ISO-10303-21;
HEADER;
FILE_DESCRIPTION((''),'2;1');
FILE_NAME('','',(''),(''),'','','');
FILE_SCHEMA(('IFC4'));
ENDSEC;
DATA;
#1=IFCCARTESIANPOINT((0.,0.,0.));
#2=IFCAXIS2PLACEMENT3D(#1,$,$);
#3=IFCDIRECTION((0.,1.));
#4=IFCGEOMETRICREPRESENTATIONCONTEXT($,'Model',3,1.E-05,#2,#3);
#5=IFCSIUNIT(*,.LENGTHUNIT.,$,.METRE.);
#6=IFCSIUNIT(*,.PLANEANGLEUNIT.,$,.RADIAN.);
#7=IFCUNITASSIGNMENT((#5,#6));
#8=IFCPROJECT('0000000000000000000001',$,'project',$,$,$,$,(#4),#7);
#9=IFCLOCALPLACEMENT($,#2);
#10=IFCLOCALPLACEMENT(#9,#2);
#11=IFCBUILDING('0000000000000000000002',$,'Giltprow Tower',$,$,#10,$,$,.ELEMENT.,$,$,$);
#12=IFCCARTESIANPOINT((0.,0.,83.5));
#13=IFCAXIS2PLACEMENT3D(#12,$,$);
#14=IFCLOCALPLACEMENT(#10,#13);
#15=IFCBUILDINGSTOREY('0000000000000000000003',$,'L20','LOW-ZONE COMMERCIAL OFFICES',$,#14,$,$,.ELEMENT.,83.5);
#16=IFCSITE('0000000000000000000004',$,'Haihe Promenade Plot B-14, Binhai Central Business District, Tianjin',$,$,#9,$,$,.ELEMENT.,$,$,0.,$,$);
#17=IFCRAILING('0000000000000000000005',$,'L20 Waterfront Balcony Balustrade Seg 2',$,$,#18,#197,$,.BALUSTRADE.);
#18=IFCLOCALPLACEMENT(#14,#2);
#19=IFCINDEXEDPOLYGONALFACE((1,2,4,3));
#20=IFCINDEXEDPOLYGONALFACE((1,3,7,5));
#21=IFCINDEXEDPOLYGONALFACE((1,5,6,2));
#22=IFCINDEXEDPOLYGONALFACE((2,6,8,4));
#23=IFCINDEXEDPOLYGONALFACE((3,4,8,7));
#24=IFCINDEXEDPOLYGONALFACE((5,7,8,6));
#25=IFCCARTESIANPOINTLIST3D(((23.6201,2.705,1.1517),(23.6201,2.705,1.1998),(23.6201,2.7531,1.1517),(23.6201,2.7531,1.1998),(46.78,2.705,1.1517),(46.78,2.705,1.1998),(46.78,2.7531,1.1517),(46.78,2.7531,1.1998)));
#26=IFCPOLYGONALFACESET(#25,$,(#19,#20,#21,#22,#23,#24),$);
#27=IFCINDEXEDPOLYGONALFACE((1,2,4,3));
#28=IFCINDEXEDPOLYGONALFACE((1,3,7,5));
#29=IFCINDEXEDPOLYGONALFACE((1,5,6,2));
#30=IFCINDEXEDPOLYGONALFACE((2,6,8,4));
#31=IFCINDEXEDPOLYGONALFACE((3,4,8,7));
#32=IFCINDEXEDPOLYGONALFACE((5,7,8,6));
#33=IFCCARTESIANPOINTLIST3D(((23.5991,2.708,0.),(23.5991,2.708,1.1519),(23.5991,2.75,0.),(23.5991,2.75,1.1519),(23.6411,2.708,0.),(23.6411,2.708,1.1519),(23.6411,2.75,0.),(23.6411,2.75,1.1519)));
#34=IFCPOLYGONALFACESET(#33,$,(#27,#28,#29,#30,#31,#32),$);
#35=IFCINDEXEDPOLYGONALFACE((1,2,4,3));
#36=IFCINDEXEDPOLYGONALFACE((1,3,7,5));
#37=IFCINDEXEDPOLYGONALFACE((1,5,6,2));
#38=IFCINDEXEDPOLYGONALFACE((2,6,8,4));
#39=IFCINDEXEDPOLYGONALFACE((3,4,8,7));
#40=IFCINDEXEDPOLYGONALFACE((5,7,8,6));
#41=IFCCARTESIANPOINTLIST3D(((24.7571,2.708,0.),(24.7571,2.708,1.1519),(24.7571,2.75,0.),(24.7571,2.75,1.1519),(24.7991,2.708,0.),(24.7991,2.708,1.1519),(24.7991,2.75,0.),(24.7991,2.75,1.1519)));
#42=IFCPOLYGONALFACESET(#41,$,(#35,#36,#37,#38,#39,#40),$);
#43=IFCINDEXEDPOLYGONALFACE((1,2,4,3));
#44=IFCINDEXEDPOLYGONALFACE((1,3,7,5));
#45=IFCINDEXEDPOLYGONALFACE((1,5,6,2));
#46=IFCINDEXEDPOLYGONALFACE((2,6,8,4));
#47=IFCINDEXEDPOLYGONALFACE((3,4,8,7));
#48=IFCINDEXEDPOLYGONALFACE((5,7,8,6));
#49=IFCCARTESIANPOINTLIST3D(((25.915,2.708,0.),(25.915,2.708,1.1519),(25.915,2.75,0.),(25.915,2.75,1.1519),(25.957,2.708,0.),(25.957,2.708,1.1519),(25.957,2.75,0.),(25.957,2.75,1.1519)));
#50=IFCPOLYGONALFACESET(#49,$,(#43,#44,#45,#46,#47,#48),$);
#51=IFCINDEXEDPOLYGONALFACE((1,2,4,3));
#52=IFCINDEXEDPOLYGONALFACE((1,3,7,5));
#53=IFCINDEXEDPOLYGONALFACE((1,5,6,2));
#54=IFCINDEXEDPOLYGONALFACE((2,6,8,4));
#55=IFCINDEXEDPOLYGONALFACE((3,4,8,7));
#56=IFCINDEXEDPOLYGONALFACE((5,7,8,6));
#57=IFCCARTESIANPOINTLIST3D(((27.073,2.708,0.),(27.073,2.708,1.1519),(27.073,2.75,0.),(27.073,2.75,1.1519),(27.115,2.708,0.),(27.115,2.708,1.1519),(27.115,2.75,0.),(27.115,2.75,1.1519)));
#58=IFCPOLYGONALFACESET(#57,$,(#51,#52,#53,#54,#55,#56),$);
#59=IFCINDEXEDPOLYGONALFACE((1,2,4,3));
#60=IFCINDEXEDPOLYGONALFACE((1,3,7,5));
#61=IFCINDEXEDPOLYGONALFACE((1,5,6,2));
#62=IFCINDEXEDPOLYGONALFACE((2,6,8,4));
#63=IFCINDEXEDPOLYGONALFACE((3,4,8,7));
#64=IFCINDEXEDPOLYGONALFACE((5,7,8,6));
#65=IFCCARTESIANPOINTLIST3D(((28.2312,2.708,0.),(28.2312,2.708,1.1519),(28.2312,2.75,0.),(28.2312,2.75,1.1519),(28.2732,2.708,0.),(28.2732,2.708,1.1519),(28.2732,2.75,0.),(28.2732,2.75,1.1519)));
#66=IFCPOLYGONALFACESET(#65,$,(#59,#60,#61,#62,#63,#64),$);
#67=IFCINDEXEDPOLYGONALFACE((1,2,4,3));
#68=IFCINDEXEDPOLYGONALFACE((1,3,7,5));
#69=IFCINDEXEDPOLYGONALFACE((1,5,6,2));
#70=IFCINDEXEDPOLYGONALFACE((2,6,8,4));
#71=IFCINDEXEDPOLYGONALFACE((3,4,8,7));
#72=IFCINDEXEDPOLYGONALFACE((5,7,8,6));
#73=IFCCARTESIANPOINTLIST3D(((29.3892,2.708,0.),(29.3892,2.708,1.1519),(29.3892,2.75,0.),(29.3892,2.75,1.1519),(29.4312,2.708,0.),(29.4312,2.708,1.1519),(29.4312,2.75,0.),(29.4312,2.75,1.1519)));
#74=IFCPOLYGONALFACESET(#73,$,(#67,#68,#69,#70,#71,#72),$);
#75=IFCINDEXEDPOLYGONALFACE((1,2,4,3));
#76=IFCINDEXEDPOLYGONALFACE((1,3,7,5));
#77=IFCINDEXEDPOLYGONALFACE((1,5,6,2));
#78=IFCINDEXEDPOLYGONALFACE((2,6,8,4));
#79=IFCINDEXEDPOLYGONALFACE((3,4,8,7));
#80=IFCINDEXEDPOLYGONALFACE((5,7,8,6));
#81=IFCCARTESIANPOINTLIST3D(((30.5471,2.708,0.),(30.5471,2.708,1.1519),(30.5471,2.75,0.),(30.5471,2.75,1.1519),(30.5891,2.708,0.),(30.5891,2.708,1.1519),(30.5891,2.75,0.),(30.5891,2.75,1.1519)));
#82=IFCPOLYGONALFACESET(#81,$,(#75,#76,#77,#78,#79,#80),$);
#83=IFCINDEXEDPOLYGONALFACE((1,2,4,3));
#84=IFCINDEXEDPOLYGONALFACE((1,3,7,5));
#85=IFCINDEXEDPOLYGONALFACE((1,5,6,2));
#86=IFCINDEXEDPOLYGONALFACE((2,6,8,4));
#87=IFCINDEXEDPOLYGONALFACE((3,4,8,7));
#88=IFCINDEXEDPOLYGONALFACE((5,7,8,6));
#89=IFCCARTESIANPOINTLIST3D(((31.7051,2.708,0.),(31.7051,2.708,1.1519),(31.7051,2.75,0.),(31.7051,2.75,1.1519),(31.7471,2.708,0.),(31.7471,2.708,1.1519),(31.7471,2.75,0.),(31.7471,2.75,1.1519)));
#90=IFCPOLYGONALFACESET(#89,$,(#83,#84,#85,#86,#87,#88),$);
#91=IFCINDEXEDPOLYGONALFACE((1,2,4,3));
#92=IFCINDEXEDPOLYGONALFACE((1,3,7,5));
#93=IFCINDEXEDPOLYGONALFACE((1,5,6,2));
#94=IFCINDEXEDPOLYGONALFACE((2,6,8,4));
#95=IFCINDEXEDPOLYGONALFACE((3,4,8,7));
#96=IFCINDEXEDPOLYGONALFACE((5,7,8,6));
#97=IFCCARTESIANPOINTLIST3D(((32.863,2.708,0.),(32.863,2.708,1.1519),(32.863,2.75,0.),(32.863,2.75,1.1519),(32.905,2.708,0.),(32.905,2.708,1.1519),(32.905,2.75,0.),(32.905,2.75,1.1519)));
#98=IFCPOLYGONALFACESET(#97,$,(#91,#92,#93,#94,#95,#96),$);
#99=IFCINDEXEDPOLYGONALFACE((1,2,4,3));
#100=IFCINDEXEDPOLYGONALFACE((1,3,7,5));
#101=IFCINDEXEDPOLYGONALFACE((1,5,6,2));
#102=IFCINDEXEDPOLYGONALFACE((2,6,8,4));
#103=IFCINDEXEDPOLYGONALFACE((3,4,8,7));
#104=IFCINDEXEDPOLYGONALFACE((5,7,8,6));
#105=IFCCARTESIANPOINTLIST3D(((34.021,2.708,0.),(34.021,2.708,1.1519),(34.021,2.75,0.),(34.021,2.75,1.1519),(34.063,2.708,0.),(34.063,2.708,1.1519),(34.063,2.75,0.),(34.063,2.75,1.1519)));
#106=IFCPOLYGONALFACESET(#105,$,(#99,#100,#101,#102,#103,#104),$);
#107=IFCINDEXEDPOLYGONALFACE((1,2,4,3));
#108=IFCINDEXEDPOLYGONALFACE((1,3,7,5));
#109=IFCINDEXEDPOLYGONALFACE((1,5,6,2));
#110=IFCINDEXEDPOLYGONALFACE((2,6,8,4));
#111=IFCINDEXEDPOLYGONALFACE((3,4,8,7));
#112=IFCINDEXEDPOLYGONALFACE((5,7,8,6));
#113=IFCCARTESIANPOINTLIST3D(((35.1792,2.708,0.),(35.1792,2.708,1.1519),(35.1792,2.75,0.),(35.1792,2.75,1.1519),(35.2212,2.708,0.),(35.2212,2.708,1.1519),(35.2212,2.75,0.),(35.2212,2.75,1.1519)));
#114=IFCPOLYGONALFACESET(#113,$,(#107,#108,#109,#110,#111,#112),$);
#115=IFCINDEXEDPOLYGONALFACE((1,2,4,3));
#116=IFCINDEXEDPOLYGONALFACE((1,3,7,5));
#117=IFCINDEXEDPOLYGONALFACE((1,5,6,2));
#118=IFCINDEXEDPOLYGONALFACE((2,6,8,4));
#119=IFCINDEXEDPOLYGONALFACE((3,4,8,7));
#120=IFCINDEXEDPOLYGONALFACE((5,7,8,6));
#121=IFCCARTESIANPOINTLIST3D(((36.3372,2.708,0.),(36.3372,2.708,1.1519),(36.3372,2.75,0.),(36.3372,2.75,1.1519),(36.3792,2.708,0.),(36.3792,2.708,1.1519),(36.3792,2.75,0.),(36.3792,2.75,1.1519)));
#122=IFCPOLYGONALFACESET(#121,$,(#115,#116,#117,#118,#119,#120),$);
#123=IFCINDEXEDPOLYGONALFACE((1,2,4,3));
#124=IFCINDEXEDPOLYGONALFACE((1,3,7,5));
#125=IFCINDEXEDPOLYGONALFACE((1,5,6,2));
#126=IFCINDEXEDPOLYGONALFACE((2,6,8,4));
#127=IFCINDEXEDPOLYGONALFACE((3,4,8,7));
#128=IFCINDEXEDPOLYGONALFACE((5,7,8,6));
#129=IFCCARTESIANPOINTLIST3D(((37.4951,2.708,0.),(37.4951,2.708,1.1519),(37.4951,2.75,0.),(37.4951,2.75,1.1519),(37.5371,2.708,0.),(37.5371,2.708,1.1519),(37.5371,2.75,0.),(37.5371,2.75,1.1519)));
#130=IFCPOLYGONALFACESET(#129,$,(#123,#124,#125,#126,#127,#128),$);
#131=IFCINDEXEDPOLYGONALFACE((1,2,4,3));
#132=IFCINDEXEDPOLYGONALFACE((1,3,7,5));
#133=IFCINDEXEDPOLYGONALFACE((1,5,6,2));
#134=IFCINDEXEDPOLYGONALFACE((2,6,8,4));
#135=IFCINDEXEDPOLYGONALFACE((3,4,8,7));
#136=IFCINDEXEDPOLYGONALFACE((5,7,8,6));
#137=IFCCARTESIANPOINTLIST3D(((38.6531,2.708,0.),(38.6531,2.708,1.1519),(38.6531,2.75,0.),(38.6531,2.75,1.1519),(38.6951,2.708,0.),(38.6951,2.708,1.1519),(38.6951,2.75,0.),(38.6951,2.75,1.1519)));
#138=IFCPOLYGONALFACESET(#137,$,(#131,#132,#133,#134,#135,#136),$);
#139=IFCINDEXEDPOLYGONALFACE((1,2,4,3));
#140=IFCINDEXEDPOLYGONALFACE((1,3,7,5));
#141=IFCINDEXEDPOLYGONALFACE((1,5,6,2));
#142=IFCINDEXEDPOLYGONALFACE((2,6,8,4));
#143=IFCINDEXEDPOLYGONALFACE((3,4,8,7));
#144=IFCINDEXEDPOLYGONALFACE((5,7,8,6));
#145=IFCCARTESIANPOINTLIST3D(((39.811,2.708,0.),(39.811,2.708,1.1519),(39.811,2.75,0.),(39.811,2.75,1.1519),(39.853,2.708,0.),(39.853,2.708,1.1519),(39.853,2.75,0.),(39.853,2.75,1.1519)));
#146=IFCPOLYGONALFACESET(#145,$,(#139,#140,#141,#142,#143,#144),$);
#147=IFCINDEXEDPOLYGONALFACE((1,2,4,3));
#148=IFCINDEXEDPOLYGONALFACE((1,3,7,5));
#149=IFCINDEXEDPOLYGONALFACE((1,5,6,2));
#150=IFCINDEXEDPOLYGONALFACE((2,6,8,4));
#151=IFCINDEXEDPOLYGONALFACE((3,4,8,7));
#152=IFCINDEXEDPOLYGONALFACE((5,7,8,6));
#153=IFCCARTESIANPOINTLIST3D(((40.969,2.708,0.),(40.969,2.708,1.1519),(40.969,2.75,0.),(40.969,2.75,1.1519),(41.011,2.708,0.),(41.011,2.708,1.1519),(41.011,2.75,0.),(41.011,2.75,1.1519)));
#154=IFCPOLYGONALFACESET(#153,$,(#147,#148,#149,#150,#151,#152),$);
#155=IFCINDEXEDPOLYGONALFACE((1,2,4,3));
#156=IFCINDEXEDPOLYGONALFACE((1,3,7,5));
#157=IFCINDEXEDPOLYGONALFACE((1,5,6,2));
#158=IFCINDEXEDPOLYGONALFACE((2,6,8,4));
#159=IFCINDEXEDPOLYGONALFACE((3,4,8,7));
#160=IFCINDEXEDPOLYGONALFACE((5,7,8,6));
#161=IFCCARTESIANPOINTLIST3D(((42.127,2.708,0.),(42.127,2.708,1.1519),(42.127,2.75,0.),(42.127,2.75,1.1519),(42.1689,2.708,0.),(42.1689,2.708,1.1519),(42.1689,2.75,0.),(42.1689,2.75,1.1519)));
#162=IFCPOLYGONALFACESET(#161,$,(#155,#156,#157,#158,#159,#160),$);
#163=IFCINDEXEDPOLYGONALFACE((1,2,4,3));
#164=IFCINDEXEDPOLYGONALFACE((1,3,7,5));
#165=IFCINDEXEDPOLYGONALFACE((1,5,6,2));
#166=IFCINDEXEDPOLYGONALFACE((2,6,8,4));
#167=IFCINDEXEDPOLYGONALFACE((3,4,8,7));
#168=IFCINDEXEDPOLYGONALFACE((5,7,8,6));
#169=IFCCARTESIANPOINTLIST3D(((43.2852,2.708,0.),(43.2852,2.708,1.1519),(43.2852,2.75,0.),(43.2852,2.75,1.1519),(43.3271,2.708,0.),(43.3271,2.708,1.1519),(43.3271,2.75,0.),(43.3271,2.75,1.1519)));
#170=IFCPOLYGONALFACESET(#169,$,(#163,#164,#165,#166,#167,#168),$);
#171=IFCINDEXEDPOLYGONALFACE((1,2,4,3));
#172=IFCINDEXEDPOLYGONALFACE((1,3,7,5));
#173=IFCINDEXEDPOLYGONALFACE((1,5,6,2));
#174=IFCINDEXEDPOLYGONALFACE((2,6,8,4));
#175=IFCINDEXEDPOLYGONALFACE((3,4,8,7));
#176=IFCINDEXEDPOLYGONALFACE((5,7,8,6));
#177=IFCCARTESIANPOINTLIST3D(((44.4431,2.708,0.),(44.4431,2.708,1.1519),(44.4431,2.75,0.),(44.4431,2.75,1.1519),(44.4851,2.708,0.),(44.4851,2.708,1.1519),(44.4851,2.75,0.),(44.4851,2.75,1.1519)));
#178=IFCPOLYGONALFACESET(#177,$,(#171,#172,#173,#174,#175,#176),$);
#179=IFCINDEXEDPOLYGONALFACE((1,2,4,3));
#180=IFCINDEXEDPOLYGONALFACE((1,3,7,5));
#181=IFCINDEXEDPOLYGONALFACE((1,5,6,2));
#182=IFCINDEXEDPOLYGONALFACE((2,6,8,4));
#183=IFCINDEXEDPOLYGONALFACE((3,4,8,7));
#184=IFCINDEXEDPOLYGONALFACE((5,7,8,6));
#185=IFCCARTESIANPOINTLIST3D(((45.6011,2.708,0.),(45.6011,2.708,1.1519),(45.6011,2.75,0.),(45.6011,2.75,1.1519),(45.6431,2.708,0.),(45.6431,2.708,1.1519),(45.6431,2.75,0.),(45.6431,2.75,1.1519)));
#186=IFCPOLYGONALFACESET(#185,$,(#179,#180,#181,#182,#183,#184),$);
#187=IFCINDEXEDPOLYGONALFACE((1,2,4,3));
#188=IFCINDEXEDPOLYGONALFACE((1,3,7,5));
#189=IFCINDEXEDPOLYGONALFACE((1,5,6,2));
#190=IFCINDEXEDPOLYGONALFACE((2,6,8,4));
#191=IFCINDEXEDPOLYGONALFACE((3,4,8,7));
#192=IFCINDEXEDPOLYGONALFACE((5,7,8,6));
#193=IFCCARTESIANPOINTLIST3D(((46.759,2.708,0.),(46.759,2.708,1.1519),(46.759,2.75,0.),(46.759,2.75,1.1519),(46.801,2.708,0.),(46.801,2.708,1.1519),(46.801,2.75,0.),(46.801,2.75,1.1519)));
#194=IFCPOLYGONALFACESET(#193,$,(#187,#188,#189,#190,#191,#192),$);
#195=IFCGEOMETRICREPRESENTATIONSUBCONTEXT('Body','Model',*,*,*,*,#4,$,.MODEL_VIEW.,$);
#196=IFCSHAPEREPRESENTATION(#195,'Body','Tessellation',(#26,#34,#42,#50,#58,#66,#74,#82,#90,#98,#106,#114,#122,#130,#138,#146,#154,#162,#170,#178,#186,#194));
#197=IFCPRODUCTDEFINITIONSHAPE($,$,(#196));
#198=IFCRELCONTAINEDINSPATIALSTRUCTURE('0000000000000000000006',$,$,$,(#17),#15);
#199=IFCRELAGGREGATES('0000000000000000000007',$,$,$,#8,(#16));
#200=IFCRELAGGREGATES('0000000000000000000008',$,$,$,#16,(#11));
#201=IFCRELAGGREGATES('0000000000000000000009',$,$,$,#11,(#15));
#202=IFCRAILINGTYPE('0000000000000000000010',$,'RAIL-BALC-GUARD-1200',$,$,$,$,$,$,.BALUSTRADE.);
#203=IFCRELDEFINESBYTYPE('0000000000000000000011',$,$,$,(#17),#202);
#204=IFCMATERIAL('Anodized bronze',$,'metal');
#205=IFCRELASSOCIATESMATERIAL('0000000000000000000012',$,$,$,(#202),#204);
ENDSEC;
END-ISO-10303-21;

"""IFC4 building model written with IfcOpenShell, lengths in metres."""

from ifc_helpers import new_model, si_unit, direction, frame, origin, origin_2d, place, context, subcontext, project, spatial, rectangle, extrude, material, type_object, element, save


model = new_model("IFC4")

# Units and contexts
model_context = context("Model", 3, precision=1e-05, world=origin(), true_north=direction((0.0, 1.0)))
body_context = subcontext(model_context, "Body", "Model", "MODEL_VIEW")
ifc_project = project(units=[si_unit("LENGTHUNIT", "METRE"), si_unit("PLANEANGLEUNIT", "RADIAN")], contexts=[model_context])

# Site, building, storey
site_placement = place(None, origin())
site = spatial("IfcSite", under=ifc_project, at=site_placement, Name="Haihe Promenade Plot B-14, Binhai Central Business District, Tianjin", CompositionType="ELEMENT", RefElevation=0.0)
building_placement = place(site_placement, origin())
building = spatial("IfcBuilding", under=site, at=building_placement, Name="Giltprow Tower", CompositionType="ELEMENT")
storey_placement = place(building_placement, frame((0.0, 0.0, 83.5)))
storey = spatial("IfcBuildingStorey", under=building, at=storey_placement, Name="L20", Description="LOW-ZONE COMMERCIAL OFFICES", CompositionType="ELEMENT", Elevation=83.5)

# Railing
ifc_material_1 = material(Name="Anodized bronze", Category="metal")
railing_type = type_object("IfcRailingType", Name="RAIL-BALC-GUARD-1200", PredefinedType="BALUSTRADE", material=ifc_material_1)
railing_1_placement = place(storey_placement, frame((23.6201, 2.729, 0.0)))
element("IfcRailing", 1, at=railing_1_placement, inside=storey, type_object=railing_type, Name="L20 Waterfront Balcony Balustrade Seg 2", PredefinedType="BALUSTRADE", context=body_context, shape_type="SweptSolid", body=[
    extrude(rectangle(XDim=0.0481, YDim=0.0481, at=origin_2d()), frame((0.0, 0.0, 1.1758), z_axis=(1.0, 0.0, 0.0), x_axis=(0.0, 1.0, 0.0)), (0.0, 0.0, 1.0), 23.1599),
    extrude(rectangle(XDim=0.042, YDim=0.042, at=origin_2d()), origin(), (0.0, 0.0, 1.0), 1.1519),
    extrude(rectangle(XDim=0.042, YDim=0.042, at=origin_2d()), frame((1.158, 0.0, 0.0)), (0.0, 0.0, 1.0), 1.1519),
    extrude(rectangle(XDim=0.042, YDim=0.042, at=origin_2d()), frame((2.3159, 0.0, 0.0)), (0.0, 0.0, 1.0), 1.1519),
    extrude(rectangle(XDim=0.042, YDim=0.042, at=origin_2d()), frame((3.4739, 0.0, 0.0)), (0.0, 0.0, 1.0), 1.1519),
    extrude(rectangle(XDim=0.042, YDim=0.042, at=origin_2d()), frame((4.6321, 0.0, 0.0)), (0.0, 0.0, 1.0), 1.1519),
    extrude(rectangle(XDim=0.042, YDim=0.042, at=origin_2d()), frame((5.79, 0.0, 0.0)), (0.0, 0.0, 1.0), 1.1519),
    extrude(rectangle(XDim=0.042, YDim=0.042, at=origin_2d()), frame((6.948, 0.0, 0.0)), (0.0, 0.0, 1.0), 1.1519),
    extrude(rectangle(XDim=0.042, YDim=0.042, at=origin_2d()), frame((8.106, 0.0, 0.0)), (0.0, 0.0, 1.0), 1.1519),
    extrude(rectangle(XDim=0.042, YDim=0.042, at=origin_2d()), frame((9.2639, 0.0, 0.0)), (0.0, 0.0, 1.0), 1.1519),
    extrude(rectangle(XDim=0.042, YDim=0.042, at=origin_2d()), frame((10.4219, 0.0, 0.0)), (0.0, 0.0, 1.0), 1.1519),
    extrude(rectangle(XDim=0.042, YDim=0.042, at=origin_2d()), frame((11.5801, 0.0, 0.0)), (0.0, 0.0, 1.0), 1.1519),
    extrude(rectangle(XDim=0.042, YDim=0.042, at=origin_2d()), frame((12.738, 0.0, 0.0)), (0.0, 0.0, 1.0), 1.1519),
    extrude(rectangle(XDim=0.042, YDim=0.042, at=origin_2d()), frame((13.896, 0.0, 0.0)), (0.0, 0.0, 1.0), 1.1519),
    extrude(rectangle(XDim=0.042, YDim=0.042, at=origin_2d()), frame((15.054, 0.0, 0.0)), (0.0, 0.0, 1.0), 1.1519),
    extrude(rectangle(XDim=0.042, YDim=0.042, at=origin_2d()), frame((16.2119, 0.0, 0.0)), (0.0, 0.0, 1.0), 1.1519),
    extrude(rectangle(XDim=0.042, YDim=0.042, at=origin_2d()), frame((17.3699, 0.0, 0.0)), (0.0, 0.0, 1.0), 1.1519),
    extrude(rectangle(XDim=0.042, YDim=0.042, at=origin_2d()), frame((18.5278, 0.0, 0.0)), (0.0, 0.0, 1.0), 1.1519),
    extrude(rectangle(XDim=0.042, YDim=0.042, at=origin_2d()), frame((19.686, 0.0, 0.0)), (0.0, 0.0, 1.0), 1.1519),
    extrude(rectangle(XDim=0.042, YDim=0.042, at=origin_2d()), frame((20.844, 0.0, 0.0)), (0.0, 0.0, 1.0), 1.1519),
    extrude(rectangle(XDim=0.042, YDim=0.042, at=origin_2d()), frame((22.002, 0.0, 0.0)), (0.0, 0.0, 1.0), 1.1519),
    extrude(rectangle(XDim=0.042, YDim=0.042, at=origin_2d()), frame((23.1599, 0.0, 0.0)), (0.0, 0.0, 1.0), 1.1519),
])

save(model, "model.ifc")
